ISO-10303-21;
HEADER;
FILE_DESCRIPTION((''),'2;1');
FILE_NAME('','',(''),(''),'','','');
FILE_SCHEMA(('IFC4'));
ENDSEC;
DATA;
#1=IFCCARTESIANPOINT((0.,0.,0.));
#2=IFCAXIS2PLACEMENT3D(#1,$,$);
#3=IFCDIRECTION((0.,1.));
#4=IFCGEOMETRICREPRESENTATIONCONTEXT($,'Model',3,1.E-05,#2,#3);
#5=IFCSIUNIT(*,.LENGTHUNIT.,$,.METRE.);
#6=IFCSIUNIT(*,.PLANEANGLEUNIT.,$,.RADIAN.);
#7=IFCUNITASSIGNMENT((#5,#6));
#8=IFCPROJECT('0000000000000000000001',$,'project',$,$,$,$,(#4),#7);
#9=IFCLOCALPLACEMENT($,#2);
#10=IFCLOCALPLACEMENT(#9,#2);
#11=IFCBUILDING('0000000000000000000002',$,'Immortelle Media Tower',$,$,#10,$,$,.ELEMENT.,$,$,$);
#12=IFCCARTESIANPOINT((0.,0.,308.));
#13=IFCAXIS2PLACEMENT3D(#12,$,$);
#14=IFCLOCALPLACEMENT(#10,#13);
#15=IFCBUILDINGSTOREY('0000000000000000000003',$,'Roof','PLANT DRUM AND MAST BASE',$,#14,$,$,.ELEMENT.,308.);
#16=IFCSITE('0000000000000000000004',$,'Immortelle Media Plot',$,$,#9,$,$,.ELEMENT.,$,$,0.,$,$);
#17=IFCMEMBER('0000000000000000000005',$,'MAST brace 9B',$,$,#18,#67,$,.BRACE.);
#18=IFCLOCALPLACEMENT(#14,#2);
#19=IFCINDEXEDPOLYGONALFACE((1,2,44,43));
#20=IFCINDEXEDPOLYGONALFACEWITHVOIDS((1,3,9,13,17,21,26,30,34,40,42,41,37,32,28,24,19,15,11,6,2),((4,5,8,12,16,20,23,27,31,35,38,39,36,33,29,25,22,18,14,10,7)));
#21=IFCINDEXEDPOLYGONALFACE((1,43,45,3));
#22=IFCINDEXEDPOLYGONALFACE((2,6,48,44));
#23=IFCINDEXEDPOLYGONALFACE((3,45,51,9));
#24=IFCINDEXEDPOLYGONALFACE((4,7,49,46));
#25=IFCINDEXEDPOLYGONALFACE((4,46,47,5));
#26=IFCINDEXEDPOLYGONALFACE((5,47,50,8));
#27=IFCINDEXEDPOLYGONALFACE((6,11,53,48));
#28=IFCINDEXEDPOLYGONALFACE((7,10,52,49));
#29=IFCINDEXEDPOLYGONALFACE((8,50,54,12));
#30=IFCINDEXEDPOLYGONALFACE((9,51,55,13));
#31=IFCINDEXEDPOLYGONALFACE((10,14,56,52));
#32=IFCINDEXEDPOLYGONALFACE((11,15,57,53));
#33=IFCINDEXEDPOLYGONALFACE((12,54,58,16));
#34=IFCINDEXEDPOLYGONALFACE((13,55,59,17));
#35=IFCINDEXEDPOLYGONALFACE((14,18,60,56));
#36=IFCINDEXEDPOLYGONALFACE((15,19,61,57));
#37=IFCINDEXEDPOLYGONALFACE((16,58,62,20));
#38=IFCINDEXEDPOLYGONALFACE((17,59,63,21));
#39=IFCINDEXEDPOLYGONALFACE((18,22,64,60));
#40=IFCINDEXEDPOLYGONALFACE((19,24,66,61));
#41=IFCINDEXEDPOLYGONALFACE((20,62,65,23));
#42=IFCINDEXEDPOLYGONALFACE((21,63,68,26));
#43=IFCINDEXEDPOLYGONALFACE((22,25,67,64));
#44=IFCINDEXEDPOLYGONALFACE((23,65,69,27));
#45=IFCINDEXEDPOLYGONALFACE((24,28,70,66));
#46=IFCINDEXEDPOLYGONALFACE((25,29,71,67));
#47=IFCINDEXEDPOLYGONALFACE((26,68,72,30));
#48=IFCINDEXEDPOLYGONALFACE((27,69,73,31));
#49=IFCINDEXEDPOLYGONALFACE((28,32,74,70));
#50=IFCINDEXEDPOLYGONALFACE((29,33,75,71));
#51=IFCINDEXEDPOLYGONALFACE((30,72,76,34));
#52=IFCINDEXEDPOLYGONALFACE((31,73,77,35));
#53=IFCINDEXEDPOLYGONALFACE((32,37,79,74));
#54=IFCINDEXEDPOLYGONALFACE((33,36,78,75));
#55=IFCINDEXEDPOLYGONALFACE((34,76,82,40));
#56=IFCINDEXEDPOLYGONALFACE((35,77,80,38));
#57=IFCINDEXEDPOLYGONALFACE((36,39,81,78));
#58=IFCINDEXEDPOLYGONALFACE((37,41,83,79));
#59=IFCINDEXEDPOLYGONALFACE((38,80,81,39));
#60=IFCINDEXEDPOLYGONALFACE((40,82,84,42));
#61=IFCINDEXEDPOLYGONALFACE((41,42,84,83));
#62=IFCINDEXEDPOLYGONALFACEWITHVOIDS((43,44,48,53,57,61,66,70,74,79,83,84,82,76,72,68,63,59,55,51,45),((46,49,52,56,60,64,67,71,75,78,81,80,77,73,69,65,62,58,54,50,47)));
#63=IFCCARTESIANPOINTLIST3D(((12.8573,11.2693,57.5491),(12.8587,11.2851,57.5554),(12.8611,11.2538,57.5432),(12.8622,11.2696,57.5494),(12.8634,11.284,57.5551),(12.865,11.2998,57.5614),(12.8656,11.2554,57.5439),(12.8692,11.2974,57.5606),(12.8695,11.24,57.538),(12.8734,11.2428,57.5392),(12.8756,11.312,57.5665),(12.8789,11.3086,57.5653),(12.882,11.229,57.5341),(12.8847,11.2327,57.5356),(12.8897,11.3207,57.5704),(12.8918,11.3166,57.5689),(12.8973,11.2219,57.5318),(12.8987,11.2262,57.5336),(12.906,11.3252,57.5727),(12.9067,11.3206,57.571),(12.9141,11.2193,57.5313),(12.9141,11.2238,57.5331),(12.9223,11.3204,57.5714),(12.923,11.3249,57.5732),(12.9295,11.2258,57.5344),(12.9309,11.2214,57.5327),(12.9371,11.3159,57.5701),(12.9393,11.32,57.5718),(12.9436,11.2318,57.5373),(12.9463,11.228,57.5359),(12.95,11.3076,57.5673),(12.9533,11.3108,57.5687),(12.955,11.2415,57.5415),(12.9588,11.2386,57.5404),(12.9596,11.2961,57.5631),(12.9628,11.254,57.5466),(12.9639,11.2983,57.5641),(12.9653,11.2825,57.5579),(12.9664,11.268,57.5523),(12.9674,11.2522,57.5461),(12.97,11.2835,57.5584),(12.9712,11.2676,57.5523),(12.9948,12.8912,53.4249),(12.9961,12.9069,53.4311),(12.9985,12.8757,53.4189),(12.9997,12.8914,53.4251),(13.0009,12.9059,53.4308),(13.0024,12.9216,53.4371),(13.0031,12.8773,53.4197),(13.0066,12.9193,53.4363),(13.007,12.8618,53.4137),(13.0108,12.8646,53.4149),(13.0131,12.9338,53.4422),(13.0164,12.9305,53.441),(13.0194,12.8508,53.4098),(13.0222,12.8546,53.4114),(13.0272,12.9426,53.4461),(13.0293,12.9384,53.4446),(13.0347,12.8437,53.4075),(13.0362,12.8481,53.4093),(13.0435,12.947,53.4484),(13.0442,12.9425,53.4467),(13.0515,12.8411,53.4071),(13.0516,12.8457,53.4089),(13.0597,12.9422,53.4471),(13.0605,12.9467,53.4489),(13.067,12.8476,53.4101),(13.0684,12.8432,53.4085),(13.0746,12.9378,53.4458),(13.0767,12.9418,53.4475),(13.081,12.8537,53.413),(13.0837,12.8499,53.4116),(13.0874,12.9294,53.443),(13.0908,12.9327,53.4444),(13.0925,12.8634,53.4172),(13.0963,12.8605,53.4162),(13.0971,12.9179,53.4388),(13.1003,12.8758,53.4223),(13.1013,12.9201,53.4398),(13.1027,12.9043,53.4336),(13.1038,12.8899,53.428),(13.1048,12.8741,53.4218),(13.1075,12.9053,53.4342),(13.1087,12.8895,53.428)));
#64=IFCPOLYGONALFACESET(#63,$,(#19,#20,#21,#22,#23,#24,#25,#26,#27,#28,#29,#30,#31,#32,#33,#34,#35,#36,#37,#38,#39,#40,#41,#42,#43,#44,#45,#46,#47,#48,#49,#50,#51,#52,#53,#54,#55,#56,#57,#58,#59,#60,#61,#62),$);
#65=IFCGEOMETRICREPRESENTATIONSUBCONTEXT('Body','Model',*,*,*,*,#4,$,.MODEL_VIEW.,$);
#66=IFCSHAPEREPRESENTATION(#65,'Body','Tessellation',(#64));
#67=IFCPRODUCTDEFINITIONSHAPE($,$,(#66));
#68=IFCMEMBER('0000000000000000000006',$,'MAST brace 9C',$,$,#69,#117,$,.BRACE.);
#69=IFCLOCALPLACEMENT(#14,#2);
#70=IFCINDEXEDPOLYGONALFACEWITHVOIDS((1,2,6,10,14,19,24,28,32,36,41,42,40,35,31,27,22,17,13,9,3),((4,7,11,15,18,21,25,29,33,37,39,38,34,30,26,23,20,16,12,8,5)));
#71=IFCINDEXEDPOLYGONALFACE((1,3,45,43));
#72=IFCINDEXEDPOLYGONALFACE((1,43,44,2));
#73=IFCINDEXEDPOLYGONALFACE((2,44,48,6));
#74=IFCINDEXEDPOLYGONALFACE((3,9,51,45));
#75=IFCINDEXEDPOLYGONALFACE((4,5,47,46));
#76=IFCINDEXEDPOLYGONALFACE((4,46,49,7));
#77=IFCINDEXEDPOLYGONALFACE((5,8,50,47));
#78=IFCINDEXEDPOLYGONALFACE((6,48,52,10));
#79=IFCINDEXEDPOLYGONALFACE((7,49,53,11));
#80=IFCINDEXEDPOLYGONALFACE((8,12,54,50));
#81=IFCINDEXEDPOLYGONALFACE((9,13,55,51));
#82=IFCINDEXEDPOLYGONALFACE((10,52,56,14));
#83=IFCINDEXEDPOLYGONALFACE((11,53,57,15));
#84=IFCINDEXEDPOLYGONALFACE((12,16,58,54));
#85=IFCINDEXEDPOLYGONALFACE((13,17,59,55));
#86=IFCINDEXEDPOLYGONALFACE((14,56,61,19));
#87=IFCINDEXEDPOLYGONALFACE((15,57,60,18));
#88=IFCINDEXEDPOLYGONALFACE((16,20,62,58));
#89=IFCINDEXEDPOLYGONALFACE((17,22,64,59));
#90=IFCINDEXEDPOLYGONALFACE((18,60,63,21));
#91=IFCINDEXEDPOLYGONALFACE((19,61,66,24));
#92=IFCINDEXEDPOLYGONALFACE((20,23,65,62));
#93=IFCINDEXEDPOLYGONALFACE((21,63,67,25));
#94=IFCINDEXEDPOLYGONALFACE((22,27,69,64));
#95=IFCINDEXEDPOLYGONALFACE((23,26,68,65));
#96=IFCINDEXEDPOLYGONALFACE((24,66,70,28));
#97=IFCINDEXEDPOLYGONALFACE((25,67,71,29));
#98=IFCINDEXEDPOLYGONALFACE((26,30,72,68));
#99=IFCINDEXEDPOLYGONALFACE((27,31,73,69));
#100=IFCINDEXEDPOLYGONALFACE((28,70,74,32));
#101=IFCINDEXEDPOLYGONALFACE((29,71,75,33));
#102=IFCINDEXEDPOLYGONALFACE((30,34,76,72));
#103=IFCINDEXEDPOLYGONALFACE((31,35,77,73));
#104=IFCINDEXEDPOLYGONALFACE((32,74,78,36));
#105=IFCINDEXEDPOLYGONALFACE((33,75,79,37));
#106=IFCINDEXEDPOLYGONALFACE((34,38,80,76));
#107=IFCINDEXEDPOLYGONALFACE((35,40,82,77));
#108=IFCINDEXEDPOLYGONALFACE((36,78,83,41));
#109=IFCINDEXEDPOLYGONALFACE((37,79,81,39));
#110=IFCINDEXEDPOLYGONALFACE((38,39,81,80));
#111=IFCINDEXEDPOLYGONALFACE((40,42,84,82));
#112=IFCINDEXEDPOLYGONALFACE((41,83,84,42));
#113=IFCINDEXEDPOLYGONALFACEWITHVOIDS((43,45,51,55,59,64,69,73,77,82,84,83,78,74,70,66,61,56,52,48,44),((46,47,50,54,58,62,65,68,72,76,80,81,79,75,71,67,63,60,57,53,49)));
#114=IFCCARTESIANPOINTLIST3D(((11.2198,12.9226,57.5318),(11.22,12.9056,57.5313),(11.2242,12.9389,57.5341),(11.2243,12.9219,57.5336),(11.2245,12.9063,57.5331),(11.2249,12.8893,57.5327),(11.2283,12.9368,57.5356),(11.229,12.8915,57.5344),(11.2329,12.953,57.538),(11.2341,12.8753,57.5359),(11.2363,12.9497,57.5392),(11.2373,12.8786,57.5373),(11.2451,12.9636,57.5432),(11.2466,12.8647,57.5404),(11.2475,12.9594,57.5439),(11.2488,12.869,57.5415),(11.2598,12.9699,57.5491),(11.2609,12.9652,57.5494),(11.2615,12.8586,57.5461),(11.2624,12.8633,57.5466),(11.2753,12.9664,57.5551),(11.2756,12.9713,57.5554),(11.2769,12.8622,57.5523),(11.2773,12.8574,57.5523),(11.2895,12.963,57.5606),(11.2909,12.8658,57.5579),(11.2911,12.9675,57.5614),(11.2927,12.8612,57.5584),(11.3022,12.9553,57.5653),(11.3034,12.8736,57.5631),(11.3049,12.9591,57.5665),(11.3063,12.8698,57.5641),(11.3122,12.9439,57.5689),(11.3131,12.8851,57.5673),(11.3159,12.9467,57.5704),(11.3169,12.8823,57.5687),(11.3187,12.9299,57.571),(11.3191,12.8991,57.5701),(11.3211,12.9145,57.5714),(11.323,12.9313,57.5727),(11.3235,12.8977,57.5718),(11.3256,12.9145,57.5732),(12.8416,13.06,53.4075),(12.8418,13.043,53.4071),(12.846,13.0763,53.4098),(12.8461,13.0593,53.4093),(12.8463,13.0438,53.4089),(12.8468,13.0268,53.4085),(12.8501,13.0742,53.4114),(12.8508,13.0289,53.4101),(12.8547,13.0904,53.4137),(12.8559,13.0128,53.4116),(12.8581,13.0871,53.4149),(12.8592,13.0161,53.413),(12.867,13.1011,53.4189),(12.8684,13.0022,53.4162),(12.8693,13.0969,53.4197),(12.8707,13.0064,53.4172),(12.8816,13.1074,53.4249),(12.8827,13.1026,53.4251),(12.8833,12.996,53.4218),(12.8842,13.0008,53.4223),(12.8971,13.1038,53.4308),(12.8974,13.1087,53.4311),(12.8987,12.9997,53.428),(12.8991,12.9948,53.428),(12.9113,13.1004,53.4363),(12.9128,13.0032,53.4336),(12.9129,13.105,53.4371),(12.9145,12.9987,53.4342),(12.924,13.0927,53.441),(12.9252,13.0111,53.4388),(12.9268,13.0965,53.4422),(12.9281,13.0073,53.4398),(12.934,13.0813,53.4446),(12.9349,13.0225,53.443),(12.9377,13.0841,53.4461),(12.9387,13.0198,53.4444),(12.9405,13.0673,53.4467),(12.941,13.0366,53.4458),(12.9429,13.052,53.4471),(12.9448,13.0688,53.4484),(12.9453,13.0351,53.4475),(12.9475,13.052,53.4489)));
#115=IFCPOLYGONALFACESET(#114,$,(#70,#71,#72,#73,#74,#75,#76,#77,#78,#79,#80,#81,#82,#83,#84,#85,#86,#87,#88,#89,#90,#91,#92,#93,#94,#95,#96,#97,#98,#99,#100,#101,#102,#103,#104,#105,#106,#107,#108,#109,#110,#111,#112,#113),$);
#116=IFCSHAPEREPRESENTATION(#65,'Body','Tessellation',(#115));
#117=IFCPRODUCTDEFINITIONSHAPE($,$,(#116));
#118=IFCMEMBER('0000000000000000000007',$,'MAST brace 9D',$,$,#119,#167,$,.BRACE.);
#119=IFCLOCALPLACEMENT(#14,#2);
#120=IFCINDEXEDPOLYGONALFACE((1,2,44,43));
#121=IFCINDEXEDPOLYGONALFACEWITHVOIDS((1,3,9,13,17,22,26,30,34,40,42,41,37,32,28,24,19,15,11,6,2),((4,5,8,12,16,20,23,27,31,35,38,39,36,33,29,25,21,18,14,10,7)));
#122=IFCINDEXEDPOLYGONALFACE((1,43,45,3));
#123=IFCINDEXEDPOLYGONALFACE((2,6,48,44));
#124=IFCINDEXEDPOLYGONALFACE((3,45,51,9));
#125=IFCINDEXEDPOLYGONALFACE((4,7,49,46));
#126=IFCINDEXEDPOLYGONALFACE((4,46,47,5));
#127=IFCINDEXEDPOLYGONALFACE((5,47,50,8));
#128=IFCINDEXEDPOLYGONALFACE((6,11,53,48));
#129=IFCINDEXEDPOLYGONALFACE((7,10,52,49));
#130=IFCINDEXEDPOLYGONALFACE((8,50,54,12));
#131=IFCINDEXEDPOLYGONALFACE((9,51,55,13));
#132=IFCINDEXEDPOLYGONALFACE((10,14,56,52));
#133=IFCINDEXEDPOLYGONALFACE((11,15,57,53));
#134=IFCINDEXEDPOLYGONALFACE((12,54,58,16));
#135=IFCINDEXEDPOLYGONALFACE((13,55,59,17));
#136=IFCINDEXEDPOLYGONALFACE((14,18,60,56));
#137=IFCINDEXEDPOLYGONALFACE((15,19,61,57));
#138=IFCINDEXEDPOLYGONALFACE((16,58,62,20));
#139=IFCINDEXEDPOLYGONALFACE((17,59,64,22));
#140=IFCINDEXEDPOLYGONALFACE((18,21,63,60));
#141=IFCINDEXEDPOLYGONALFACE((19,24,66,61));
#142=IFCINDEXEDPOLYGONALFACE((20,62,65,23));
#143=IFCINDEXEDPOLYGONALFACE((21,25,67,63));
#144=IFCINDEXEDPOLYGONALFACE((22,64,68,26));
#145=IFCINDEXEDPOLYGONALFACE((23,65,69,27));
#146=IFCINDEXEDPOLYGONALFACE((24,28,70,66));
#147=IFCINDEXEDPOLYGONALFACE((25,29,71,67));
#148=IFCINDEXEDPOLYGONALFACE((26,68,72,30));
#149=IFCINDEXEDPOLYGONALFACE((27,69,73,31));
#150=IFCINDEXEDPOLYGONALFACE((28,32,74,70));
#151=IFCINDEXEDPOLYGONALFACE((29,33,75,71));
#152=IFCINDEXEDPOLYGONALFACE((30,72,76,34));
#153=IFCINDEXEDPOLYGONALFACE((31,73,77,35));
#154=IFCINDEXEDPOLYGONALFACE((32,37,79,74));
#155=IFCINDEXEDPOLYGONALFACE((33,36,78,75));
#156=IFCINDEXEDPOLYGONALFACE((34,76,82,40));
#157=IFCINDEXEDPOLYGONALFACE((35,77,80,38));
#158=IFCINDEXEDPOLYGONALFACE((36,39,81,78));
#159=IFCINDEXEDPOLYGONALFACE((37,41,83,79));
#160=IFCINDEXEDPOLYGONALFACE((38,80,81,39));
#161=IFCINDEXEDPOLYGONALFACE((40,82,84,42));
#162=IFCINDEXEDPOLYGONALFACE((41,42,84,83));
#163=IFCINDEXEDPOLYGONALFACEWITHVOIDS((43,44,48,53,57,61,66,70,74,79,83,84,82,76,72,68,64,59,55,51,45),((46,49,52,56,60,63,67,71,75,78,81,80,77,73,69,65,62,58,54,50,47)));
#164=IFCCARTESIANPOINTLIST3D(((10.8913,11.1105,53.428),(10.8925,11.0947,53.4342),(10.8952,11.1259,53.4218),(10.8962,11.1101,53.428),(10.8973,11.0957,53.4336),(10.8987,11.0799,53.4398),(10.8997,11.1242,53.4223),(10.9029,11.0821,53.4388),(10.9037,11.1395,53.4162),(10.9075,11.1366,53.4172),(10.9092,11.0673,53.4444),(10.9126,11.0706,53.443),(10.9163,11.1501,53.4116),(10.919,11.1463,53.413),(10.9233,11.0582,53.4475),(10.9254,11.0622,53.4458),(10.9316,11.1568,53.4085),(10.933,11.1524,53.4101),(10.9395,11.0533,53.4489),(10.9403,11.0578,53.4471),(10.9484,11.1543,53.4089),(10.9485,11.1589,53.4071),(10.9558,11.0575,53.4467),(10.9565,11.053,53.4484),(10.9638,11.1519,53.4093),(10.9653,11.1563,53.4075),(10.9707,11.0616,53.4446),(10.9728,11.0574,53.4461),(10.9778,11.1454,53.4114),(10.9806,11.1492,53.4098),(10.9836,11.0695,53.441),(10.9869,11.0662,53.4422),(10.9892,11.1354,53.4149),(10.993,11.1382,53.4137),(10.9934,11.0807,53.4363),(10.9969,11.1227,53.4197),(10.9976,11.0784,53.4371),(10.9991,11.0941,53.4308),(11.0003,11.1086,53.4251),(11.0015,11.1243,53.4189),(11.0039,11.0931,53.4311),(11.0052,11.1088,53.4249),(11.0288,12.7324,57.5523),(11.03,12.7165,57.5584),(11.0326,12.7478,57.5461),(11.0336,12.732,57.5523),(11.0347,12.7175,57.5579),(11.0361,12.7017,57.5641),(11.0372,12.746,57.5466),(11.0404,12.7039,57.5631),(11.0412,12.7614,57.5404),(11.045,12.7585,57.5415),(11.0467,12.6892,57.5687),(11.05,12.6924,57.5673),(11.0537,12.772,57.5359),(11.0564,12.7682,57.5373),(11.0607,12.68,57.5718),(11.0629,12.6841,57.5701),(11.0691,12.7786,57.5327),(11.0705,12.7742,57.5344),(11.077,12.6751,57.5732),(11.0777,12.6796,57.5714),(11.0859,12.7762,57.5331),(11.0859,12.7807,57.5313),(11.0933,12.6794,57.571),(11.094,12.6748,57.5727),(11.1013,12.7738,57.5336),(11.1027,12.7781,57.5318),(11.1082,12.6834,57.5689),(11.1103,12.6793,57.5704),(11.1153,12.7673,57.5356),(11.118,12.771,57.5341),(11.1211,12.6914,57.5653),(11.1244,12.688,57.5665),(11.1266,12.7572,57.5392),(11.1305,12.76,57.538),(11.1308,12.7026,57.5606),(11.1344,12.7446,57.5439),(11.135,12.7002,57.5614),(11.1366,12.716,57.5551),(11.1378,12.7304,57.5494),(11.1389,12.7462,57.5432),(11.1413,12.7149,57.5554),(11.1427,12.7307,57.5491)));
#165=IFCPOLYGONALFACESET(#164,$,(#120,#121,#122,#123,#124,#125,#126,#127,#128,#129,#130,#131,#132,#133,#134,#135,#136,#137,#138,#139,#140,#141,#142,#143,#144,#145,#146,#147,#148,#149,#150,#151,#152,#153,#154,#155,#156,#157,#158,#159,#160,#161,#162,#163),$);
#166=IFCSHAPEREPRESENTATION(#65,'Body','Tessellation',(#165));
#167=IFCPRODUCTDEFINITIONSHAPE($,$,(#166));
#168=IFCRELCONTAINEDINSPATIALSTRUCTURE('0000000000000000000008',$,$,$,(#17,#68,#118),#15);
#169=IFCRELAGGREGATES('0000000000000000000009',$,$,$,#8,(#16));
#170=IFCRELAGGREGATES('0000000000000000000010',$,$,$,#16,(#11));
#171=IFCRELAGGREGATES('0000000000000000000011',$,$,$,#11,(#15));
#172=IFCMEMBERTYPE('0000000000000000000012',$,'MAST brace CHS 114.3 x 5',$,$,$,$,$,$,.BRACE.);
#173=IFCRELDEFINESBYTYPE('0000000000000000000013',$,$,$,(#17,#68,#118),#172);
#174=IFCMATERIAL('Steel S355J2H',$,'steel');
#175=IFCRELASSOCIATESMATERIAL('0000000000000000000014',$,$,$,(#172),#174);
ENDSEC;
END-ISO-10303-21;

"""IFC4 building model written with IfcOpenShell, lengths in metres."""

from ifc_helpers import new_model, si_unit, direction, frame, origin, origin_2d, place, context, subcontext, project, spatial, hollow_circle, extrude, material, material_profile, profile_set, type_object, element, save


model = new_model("IFC4")

# Units and contexts
model_context = context("Model", 3, precision=1e-05, world=origin(), true_north=direction((0.0, 1.0)))
body_context = subcontext(model_context, "Body", "Model", "MODEL_VIEW")
ifc_project = project(units=[si_unit("LENGTHUNIT", "METRE"), si_unit("PLANEANGLEUNIT", "RADIAN")], contexts=[model_context])

# Site, building, storey
site_placement = place(None, origin())
site = spatial("IfcSite", under=ifc_project, at=site_placement, Name="Immortelle Media Plot", CompositionType="ELEMENT", RefElevation=0.0)
building_placement = place(site_placement, origin())
building = spatial("IfcBuilding", under=site, at=building_placement, Name="Immortelle Media Tower", CompositionType="ELEMENT")
storey_placement = place(building_placement, frame((0.0, 0.0, 308.0)))
storey = spatial("IfcBuildingStorey", under=building, at=storey_placement, Name="Roof", Description="PLANT DRUM AND MAST BASE", CompositionType="ELEMENT", Elevation=308.0)

# Members
ifc_material_1 = material(Name="Steel S355J2H", Category="steel")
ifc_material_profile_1 = material_profile(ifc_material_1, hollow_circle(Radius=0.0571, WallThickness=0.0049, at=origin_2d()), Name="CHS 114.3 x 5")
ifc_profile_set_1 = profile_set([ifc_material_profile_1], Name="Steel S355J2H")
member_type_1 = type_object("IfcMemberType", Name="MAST brace CHS 114.3 x 5", PredefinedType="BRACE", material=ifc_profile_set_1)
for number, where, z_axis, x_axis, name in (
    (1, (13.0518, 12.8943, 53.428), (-0.031001, -0.365785, 0.930183), (0.996428, -0.084448, 0.0), "MAST brace 9B"),
    (2, (12.8943, 13.0518, 53.428), (-0.365785, -0.031001, 0.930183), (0.084448, -0.996428, 0.0), "MAST brace 9C"),
    (3, (10.9482, 11.1057, 53.428), (0.031001, 0.365785, 0.930183), (-0.996428, 0.084448, 0.0), "MAST brace 9D"),
):
    element("IfcMember", number, at=place(storey_placement, frame(where, z_axis=z_axis, x_axis=x_axis)), inside=storey, type_object=member_type_1, Name=name, PredefinedType="BRACE", context=body_context, shape_type="SweptSolid", body=[
        extrude(hollow_circle(Radius=0.0571, WallThickness=0.0049, at=origin_2d()), origin(), (0.0, 0.0, 1.0), 4.4338),
    ])

save(model, "model.ifc")
